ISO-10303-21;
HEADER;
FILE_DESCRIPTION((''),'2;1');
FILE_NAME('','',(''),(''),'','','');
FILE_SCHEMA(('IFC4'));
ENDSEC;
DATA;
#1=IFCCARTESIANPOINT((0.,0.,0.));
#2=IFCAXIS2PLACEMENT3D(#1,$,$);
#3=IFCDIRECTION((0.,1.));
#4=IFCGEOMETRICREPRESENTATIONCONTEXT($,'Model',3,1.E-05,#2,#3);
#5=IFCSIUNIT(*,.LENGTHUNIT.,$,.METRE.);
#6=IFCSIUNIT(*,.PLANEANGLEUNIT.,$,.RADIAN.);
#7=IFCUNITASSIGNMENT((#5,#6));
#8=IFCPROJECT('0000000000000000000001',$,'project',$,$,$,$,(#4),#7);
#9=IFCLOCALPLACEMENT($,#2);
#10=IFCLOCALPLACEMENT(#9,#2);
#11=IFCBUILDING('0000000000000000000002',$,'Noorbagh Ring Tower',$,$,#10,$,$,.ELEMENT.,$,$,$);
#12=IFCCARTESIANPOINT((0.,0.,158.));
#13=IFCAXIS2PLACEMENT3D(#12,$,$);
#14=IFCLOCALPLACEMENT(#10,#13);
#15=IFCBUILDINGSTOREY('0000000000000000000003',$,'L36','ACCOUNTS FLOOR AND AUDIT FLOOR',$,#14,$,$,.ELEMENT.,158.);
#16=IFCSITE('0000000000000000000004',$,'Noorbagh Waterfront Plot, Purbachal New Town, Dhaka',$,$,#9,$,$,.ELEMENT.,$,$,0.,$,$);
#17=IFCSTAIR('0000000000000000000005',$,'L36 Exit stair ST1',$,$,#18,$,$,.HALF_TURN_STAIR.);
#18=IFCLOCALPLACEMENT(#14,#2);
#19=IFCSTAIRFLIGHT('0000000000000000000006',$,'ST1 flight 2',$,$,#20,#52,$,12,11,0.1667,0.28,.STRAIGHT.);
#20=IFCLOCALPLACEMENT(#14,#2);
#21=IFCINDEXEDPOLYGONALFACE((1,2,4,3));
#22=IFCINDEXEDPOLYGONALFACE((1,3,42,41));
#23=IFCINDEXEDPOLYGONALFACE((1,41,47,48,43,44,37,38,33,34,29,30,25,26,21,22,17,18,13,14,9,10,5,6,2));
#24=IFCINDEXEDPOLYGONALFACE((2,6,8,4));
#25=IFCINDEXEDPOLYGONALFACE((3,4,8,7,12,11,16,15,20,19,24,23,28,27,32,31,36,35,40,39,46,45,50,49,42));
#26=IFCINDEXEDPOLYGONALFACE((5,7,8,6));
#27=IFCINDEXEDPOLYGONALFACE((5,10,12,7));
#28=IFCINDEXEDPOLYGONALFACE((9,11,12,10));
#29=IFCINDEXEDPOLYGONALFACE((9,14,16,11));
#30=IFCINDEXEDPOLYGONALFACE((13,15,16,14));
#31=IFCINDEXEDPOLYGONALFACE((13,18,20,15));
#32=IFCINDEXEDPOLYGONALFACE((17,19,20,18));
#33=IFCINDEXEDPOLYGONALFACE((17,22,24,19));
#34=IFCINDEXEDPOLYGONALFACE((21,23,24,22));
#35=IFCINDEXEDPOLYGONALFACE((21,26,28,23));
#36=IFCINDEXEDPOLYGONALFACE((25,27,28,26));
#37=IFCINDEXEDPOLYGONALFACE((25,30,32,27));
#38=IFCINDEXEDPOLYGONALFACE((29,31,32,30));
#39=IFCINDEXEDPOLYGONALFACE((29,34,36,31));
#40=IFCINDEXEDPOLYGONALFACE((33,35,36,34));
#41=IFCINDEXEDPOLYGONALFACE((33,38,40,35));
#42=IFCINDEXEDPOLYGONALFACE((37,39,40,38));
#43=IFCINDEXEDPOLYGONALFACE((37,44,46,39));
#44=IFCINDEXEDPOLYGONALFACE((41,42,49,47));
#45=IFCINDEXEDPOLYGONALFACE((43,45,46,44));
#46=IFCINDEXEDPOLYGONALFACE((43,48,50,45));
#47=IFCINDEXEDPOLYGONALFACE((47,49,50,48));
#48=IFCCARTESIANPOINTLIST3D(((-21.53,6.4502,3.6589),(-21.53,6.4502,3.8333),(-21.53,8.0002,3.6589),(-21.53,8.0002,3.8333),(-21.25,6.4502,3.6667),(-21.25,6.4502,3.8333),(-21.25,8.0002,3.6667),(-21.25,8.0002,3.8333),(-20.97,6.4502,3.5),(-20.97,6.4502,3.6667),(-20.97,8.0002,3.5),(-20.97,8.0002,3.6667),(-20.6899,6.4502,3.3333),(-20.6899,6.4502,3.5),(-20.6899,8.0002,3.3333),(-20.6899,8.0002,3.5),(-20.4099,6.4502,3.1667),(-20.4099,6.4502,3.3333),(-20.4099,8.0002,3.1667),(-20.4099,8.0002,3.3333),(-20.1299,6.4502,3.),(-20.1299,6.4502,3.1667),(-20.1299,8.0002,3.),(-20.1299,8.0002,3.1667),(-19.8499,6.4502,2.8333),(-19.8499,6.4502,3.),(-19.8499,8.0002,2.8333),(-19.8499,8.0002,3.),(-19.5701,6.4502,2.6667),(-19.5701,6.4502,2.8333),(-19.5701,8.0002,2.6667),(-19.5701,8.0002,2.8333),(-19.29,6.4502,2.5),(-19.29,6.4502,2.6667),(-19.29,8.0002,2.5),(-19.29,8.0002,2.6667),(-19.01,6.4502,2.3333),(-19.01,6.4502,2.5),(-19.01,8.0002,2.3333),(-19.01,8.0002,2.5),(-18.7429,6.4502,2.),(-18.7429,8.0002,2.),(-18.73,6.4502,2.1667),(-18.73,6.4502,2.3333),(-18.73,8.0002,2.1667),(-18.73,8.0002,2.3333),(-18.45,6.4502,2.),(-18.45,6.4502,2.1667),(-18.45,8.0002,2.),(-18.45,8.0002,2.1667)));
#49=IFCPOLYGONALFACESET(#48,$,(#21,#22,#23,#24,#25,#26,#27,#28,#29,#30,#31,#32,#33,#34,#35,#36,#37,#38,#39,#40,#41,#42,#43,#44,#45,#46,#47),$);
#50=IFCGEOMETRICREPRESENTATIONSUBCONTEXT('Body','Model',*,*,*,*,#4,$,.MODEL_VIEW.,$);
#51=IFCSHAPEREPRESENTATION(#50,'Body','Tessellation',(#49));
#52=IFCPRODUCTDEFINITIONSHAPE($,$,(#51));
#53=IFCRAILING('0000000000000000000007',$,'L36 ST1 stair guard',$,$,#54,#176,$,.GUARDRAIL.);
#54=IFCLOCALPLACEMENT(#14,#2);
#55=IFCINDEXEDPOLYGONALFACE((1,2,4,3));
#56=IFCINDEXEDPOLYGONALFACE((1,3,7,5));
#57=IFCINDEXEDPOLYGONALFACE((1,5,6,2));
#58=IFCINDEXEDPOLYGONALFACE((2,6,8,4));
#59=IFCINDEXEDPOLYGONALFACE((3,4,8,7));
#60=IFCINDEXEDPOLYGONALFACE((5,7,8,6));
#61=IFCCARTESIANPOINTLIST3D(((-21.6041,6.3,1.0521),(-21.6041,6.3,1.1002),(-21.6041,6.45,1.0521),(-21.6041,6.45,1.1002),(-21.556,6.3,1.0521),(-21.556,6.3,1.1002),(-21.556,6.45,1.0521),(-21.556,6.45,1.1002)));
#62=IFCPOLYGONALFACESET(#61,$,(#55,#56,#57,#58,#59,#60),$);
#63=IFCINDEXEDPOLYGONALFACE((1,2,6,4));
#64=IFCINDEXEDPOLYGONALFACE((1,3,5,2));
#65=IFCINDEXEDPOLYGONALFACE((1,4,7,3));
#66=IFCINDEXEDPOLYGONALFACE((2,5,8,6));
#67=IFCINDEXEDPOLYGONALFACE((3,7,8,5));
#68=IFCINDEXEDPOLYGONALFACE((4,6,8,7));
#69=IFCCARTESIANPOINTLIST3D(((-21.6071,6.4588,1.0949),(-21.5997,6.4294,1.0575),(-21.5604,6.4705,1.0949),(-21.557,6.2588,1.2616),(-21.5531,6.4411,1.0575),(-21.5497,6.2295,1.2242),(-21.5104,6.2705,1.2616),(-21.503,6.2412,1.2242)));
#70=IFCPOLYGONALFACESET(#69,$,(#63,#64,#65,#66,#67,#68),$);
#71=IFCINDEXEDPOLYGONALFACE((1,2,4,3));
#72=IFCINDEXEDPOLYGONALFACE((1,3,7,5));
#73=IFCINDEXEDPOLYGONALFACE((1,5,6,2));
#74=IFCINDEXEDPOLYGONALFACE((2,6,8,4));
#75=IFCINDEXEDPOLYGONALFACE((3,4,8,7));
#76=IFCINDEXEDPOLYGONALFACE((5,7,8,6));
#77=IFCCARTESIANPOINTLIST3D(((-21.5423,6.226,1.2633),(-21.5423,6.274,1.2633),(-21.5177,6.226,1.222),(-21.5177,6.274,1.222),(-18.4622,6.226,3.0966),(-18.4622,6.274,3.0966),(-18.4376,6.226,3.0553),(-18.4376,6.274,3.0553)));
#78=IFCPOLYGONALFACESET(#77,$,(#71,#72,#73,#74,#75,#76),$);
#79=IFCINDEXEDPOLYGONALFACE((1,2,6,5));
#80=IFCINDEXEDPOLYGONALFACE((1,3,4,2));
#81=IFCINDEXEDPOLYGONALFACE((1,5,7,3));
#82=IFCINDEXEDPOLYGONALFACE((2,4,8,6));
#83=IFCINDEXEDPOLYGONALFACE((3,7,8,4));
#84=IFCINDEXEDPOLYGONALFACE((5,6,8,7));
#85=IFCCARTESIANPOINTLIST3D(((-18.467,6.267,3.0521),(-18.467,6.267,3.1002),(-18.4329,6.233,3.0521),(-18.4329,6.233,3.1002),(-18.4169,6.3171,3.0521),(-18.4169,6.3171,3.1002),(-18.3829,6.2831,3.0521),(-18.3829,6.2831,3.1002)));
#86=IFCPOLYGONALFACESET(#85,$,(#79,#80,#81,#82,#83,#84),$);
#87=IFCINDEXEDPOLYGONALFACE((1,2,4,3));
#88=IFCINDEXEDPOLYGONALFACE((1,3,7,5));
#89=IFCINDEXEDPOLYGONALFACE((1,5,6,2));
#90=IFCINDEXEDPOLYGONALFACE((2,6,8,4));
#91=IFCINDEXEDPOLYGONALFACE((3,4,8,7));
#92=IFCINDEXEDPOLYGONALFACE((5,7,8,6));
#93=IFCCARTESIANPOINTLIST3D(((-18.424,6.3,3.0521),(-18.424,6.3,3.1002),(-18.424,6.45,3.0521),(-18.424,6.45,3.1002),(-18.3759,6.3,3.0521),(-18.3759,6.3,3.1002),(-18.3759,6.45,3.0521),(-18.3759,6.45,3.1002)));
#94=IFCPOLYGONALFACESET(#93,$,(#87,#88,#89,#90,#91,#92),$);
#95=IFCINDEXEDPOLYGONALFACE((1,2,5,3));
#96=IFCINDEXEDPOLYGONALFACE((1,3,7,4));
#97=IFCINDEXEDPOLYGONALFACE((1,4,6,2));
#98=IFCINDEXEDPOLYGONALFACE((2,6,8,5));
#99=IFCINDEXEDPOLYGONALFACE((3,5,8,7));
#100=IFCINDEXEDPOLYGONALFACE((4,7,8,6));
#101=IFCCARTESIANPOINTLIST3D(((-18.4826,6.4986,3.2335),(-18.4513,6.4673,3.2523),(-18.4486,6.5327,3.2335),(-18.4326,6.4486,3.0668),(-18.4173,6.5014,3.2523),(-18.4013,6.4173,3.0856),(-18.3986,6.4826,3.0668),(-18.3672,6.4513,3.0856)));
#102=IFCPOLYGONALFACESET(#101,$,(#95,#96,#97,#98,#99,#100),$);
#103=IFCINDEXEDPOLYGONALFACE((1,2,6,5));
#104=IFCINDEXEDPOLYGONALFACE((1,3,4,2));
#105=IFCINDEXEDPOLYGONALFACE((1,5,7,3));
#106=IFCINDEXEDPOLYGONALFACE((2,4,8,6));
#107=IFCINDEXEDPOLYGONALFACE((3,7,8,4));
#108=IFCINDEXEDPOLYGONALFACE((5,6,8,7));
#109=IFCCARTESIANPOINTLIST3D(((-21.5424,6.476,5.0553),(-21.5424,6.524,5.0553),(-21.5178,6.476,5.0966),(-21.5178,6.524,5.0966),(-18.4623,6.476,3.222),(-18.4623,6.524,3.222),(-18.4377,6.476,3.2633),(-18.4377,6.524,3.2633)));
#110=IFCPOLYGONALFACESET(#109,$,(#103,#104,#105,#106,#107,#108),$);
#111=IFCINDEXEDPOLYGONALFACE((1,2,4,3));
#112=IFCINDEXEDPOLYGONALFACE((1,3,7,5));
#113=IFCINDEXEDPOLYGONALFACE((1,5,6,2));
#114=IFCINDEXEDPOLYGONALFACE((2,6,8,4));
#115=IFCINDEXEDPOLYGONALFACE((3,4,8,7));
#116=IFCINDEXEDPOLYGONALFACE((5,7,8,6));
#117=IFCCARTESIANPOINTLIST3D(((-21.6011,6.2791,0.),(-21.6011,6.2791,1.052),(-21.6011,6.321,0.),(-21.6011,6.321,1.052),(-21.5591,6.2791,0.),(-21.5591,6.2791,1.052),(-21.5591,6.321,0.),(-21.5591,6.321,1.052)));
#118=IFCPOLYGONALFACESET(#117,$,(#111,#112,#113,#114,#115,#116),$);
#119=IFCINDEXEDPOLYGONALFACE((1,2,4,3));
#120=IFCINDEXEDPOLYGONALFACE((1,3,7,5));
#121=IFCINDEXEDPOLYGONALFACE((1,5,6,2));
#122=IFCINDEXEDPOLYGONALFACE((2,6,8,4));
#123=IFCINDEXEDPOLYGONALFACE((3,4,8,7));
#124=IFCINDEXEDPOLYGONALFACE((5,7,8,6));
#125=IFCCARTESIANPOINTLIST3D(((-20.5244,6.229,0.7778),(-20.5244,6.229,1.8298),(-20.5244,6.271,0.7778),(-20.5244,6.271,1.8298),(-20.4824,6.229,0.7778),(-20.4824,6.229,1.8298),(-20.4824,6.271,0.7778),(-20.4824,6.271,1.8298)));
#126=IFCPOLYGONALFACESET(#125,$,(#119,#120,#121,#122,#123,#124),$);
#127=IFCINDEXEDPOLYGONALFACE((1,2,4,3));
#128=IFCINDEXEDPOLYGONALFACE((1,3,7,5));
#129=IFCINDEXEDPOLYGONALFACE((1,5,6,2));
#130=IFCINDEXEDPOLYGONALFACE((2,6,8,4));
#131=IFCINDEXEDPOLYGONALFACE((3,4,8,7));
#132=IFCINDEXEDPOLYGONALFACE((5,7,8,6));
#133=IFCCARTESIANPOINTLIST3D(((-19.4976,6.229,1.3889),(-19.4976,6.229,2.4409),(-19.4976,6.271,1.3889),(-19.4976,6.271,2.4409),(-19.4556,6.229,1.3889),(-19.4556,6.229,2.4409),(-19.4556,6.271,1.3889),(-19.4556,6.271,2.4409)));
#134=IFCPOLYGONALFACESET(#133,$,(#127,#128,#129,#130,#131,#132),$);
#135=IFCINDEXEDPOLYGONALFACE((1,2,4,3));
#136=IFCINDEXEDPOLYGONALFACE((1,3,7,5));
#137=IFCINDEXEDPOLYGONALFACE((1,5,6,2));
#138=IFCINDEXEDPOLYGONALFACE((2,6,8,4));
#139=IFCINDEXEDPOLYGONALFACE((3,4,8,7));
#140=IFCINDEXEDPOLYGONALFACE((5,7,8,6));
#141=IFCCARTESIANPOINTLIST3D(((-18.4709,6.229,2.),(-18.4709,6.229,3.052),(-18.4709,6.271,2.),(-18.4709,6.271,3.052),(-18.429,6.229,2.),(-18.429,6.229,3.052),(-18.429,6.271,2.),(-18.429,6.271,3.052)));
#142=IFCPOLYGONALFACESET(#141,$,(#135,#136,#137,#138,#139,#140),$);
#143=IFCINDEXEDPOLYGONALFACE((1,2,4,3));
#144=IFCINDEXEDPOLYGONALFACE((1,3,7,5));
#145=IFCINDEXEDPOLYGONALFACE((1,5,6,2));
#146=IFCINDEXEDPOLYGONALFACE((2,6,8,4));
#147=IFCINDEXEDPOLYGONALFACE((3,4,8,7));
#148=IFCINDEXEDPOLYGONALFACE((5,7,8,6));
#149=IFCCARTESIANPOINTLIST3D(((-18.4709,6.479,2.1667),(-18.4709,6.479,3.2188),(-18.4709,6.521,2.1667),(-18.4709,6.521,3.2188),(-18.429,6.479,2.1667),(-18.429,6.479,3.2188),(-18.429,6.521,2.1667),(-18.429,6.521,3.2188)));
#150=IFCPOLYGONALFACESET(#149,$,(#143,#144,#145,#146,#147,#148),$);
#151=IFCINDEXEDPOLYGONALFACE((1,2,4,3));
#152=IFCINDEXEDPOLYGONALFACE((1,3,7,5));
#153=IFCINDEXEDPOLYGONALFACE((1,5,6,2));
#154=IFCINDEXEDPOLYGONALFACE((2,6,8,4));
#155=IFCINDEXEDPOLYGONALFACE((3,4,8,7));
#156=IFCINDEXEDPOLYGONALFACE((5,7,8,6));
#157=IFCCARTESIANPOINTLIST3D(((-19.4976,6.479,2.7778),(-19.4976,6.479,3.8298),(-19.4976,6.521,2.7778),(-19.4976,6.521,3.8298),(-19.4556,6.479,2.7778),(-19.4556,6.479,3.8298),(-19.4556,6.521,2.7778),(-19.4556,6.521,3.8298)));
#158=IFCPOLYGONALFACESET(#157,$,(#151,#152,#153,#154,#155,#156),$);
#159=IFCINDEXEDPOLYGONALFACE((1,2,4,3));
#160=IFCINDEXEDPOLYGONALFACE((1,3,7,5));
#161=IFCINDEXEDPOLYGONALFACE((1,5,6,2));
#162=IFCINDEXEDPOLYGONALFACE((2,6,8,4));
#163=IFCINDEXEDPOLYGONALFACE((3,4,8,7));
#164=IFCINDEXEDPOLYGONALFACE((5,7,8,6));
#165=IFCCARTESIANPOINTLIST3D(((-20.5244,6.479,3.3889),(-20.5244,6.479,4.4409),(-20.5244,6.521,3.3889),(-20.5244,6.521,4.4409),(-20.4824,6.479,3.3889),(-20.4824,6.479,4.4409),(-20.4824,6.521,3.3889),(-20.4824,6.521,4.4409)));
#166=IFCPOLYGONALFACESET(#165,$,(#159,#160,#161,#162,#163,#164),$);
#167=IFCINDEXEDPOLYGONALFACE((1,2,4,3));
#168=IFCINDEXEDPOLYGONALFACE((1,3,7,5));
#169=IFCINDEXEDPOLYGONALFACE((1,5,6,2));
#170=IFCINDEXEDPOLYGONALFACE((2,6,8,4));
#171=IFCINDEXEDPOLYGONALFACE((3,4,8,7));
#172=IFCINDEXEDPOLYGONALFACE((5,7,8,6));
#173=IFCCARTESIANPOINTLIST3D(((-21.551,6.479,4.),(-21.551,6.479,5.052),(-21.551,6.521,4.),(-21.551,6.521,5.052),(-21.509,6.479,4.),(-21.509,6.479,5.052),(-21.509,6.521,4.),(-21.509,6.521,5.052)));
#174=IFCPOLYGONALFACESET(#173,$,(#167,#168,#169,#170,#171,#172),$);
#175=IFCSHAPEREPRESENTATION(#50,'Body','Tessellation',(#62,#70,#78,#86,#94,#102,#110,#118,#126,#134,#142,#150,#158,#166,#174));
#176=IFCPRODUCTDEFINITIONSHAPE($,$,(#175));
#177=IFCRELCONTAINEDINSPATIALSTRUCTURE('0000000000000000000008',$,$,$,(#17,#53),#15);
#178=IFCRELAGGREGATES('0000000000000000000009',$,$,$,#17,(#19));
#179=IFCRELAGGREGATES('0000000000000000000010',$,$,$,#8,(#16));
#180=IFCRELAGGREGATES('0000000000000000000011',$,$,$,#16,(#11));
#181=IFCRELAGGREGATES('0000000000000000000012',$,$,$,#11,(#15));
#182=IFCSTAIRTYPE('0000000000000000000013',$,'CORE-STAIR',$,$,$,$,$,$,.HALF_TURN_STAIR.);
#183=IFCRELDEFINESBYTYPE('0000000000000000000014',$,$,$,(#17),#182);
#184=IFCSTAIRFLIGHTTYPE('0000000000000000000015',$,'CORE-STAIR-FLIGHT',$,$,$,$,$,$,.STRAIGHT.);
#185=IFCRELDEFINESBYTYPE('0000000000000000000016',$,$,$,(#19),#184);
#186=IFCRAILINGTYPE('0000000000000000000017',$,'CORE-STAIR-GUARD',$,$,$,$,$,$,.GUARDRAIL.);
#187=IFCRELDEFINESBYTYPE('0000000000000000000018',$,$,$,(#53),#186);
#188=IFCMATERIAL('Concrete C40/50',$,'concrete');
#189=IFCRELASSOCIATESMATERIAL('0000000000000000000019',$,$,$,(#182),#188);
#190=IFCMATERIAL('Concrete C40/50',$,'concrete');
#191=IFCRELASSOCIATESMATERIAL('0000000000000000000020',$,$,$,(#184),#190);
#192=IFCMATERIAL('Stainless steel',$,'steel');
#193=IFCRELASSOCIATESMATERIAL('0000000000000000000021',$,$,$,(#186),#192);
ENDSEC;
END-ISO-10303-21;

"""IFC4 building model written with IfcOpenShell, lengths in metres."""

from ifc_helpers import new_model, si_unit, direction, frame, origin, origin_2d, place, context, subcontext, project, spatial, polyline, rectangle, outline, extrude, material, type_object, element, aggregate, save


model = new_model("IFC4")

# Units and contexts
model_context = context("Model", 3, precision=1e-05, world=origin(), true_north=direction((0.0, 1.0)))
body_context = subcontext(model_context, "Body", "Model", "MODEL_VIEW")
ifc_project = project(units=[si_unit("LENGTHUNIT", "METRE"), si_unit("PLANEANGLEUNIT", "RADIAN")], contexts=[model_context])

# Site, building, storey
site_placement = place(None, origin())
site = spatial("IfcSite", under=ifc_project, at=site_placement, Name="Noorbagh Waterfront Plot, Purbachal New Town, Dhaka", CompositionType="ELEMENT", RefElevation=0.0)
building_placement = place(site_placement, origin())
building = spatial("IfcBuilding", under=site, at=building_placement, Name="Noorbagh Ring Tower", CompositionType="ELEMENT")
storey_placement = place(building_placement, frame((0.0, 0.0, 158.0)))
storey = spatial("IfcBuildingStorey", under=building, at=storey_placement, Name="L36", Description="ACCOUNTS FLOOR AND AUDIT FLOOR", CompositionType="ELEMENT", Elevation=158.0)

# Stair, stair flight
ifc_material_1 = material(Name="Concrete C40/50", Category="concrete")
stair_type = type_object("IfcStairType", Name="CORE-STAIR", PredefinedType="HALF_TURN_STAIR", material=ifc_material_1)
stair_placement = place(storey_placement, origin())
stair = element("IfcStair", 1, at=stair_placement, inside=storey, type_object=stair_type, Name="L36 Exit stair ST1", PredefinedType="HALF_TURN_STAIR")
ifc_material_2 = material(Name="Concrete C40/50", Category="concrete")
stair_flight_type = type_object("IfcStairFlightType", Name="CORE-STAIR-FLIGHT", PredefinedType="STRAIGHT", material=ifc_material_2)
stair_flight_1_placement = place(storey_placement, frame((-18.45, 7.2251, 2.0), z_axis=(0.0, 0.0, 1.0), x_axis=(-1.0, 0.0, 0.0)))
stair_flight_1 = element("IfcStairFlight", 2, at=stair_flight_1_placement, type_object=stair_flight_type, Name="ST1 flight 2", NumberOfRisers=12, NumberOfTreads=11, PredefinedType="STRAIGHT", RiserHeight=0.1667, TreadLength=0.28, context=body_context, shape_type="SweptSolid", body=[
    extrude(outline(polyline([(0.0, 0.0), (0.0, 0.1667), (0.28, 0.1667), (0.28, 0.3333), (0.5601, 0.3333), (0.5601, 0.5), (0.8401, 0.5), (0.8401, 0.6667), (1.1201, 0.6667), (1.1201, 0.8333), (1.3999, 0.8333), (1.3999, 1.0), (1.6799, 1.0), (1.6799, 1.1667), (1.96, 1.1667), (1.96, 1.3333), (2.24, 1.3333), (2.24, 1.5), (2.52, 1.5), (2.52, 1.6667), (2.8, 1.6667), (2.8, 1.8333), (3.0801, 1.8333), (3.0801, 2.0), (3.0801, 1.6589), (0.293, 0.0), (0.0, 0.0)])), frame((0.0, 0.7749, 0.0), z_axis=(0.0, -1.0, 0.0), x_axis=(1.0, 0.0, 0.0)), (0.0, 0.0, 1.0), 1.55),
])
aggregate(stair, [stair_flight_1])

# Railing
ifc_material_3 = material(Name="Stainless steel", Category="steel")
railing_type_1 = type_object("IfcRailingType", Name="CORE-STAIR-GUARD", PredefinedType="GUARDRAIL", material=ifc_material_3)
railing_1_placement = place(storey_placement, frame((-21.5801, 6.3, 0.0)))
element("IfcRailing", 3, at=railing_1_placement, inside=storey, type_object=railing_type_1, Name="L36 ST1 stair guard", PredefinedType="GUARDRAIL", context=body_context, shape_type="SweptSolid", body=[
    extrude(rectangle(XDim=0.0481, YDim=0.0481, at=origin_2d()), frame((0.0, 0.0, 1.0762), z_axis=(0.0, 1.0, 0.0), x_axis=(-1.0, 0.0, 0.0)), (0.0, 0.0, 1.0), 0.1499),
    extrude(rectangle(XDim=0.0481, YDim=0.0481, at=origin_2d()), frame((0.0, 0.1499, 1.0762), z_axis=(0.188776, -0.754182, 0.628946), x_axis=(0.970073, 0.242814, 0.0)), (0.0, 0.0, 1.0), 0.2651),
    extrude(rectangle(XDim=0.0481, YDim=0.0481, at=origin_2d()), frame((0.05, -0.05, 1.2427), z_axis=(0.859309, 0.0, 0.511458), x_axis=(0.0, 1.0, 0.0)), (0.0, 0.0, 1.0), 3.5845),
    extrude(rectangle(XDim=0.0481, YDim=0.0481, at=origin_2d()), frame((3.1301, -0.05, 3.0762), z_axis=(0.707107, 0.707107, 0.0), x_axis=(-0.707107, 0.707107, 0.0)), (0.0, 0.0, 1.0), 0.0708),
    extrude(rectangle(XDim=0.0481, YDim=0.0481, at=origin_2d()), frame((3.1802, 0.0, 3.0762), z_axis=(0.0, 1.0, 0.0), x_axis=(-1.0, 0.0, 0.0)), (0.0, 0.0, 1.0), 0.1499),
    extrude(rectangle(XDim=0.0481, YDim=0.0481, at=origin_2d()), frame((3.1802, 0.1499, 3.0762), z_axis=(-0.276287, 0.276287, 0.920506), x_axis=(-0.707107, -0.707107, 0.0)), (0.0, 0.0, 1.0), 0.1812),
    extrude(rectangle(XDim=0.0481, YDim=0.0481, at=origin_2d()), frame((3.1301, 0.2, 3.2427), z_axis=(-0.859309, 0.0, 0.511458), x_axis=(0.0, -1.0, 0.0)), (0.0, 0.0, 1.0), 3.5845),
    extrude(rectangle(XDim=0.042, YDim=0.042, at=origin_2d()), origin(), (0.0, 0.0, 1.0), 1.052),
    extrude(rectangle(XDim=0.042, YDim=0.042, at=origin_2d()), frame((1.0767, -0.05, 0.7778)), (0.0, 0.0, 1.0), 1.052),
    extrude(rectangle(XDim=0.042, YDim=0.042, at=origin_2d()), frame((2.1035, -0.05, 1.3889)), (0.0, 0.0, 1.0), 1.052),
    extrude(rectangle(XDim=0.042, YDim=0.042, at=origin_2d()), frame((3.1301, -0.05, 2.0)), (0.0, 0.0, 1.0), 1.052),
    extrude(rectangle(XDim=0.042, YDim=0.042, at=origin_2d()), frame((3.1301, 0.2, 2.1667)), (0.0, 0.0, 1.0), 1.052),
    extrude(rectangle(XDim=0.042, YDim=0.042, at=origin_2d()), frame((2.1035, 0.2, 2.7778)), (0.0, 0.0, 1.0), 1.052),
    extrude(rectangle(XDim=0.042, YDim=0.042, at=origin_2d()), frame((1.0767, 0.2, 3.3889)), (0.0, 0.0, 1.0), 1.052),
    extrude(rectangle(XDim=0.042, YDim=0.042, at=origin_2d()), frame((0.05, 0.2, 4.0)), (0.0, 0.0, 1.0), 1.052),
])

save(model, "model.ifc")
